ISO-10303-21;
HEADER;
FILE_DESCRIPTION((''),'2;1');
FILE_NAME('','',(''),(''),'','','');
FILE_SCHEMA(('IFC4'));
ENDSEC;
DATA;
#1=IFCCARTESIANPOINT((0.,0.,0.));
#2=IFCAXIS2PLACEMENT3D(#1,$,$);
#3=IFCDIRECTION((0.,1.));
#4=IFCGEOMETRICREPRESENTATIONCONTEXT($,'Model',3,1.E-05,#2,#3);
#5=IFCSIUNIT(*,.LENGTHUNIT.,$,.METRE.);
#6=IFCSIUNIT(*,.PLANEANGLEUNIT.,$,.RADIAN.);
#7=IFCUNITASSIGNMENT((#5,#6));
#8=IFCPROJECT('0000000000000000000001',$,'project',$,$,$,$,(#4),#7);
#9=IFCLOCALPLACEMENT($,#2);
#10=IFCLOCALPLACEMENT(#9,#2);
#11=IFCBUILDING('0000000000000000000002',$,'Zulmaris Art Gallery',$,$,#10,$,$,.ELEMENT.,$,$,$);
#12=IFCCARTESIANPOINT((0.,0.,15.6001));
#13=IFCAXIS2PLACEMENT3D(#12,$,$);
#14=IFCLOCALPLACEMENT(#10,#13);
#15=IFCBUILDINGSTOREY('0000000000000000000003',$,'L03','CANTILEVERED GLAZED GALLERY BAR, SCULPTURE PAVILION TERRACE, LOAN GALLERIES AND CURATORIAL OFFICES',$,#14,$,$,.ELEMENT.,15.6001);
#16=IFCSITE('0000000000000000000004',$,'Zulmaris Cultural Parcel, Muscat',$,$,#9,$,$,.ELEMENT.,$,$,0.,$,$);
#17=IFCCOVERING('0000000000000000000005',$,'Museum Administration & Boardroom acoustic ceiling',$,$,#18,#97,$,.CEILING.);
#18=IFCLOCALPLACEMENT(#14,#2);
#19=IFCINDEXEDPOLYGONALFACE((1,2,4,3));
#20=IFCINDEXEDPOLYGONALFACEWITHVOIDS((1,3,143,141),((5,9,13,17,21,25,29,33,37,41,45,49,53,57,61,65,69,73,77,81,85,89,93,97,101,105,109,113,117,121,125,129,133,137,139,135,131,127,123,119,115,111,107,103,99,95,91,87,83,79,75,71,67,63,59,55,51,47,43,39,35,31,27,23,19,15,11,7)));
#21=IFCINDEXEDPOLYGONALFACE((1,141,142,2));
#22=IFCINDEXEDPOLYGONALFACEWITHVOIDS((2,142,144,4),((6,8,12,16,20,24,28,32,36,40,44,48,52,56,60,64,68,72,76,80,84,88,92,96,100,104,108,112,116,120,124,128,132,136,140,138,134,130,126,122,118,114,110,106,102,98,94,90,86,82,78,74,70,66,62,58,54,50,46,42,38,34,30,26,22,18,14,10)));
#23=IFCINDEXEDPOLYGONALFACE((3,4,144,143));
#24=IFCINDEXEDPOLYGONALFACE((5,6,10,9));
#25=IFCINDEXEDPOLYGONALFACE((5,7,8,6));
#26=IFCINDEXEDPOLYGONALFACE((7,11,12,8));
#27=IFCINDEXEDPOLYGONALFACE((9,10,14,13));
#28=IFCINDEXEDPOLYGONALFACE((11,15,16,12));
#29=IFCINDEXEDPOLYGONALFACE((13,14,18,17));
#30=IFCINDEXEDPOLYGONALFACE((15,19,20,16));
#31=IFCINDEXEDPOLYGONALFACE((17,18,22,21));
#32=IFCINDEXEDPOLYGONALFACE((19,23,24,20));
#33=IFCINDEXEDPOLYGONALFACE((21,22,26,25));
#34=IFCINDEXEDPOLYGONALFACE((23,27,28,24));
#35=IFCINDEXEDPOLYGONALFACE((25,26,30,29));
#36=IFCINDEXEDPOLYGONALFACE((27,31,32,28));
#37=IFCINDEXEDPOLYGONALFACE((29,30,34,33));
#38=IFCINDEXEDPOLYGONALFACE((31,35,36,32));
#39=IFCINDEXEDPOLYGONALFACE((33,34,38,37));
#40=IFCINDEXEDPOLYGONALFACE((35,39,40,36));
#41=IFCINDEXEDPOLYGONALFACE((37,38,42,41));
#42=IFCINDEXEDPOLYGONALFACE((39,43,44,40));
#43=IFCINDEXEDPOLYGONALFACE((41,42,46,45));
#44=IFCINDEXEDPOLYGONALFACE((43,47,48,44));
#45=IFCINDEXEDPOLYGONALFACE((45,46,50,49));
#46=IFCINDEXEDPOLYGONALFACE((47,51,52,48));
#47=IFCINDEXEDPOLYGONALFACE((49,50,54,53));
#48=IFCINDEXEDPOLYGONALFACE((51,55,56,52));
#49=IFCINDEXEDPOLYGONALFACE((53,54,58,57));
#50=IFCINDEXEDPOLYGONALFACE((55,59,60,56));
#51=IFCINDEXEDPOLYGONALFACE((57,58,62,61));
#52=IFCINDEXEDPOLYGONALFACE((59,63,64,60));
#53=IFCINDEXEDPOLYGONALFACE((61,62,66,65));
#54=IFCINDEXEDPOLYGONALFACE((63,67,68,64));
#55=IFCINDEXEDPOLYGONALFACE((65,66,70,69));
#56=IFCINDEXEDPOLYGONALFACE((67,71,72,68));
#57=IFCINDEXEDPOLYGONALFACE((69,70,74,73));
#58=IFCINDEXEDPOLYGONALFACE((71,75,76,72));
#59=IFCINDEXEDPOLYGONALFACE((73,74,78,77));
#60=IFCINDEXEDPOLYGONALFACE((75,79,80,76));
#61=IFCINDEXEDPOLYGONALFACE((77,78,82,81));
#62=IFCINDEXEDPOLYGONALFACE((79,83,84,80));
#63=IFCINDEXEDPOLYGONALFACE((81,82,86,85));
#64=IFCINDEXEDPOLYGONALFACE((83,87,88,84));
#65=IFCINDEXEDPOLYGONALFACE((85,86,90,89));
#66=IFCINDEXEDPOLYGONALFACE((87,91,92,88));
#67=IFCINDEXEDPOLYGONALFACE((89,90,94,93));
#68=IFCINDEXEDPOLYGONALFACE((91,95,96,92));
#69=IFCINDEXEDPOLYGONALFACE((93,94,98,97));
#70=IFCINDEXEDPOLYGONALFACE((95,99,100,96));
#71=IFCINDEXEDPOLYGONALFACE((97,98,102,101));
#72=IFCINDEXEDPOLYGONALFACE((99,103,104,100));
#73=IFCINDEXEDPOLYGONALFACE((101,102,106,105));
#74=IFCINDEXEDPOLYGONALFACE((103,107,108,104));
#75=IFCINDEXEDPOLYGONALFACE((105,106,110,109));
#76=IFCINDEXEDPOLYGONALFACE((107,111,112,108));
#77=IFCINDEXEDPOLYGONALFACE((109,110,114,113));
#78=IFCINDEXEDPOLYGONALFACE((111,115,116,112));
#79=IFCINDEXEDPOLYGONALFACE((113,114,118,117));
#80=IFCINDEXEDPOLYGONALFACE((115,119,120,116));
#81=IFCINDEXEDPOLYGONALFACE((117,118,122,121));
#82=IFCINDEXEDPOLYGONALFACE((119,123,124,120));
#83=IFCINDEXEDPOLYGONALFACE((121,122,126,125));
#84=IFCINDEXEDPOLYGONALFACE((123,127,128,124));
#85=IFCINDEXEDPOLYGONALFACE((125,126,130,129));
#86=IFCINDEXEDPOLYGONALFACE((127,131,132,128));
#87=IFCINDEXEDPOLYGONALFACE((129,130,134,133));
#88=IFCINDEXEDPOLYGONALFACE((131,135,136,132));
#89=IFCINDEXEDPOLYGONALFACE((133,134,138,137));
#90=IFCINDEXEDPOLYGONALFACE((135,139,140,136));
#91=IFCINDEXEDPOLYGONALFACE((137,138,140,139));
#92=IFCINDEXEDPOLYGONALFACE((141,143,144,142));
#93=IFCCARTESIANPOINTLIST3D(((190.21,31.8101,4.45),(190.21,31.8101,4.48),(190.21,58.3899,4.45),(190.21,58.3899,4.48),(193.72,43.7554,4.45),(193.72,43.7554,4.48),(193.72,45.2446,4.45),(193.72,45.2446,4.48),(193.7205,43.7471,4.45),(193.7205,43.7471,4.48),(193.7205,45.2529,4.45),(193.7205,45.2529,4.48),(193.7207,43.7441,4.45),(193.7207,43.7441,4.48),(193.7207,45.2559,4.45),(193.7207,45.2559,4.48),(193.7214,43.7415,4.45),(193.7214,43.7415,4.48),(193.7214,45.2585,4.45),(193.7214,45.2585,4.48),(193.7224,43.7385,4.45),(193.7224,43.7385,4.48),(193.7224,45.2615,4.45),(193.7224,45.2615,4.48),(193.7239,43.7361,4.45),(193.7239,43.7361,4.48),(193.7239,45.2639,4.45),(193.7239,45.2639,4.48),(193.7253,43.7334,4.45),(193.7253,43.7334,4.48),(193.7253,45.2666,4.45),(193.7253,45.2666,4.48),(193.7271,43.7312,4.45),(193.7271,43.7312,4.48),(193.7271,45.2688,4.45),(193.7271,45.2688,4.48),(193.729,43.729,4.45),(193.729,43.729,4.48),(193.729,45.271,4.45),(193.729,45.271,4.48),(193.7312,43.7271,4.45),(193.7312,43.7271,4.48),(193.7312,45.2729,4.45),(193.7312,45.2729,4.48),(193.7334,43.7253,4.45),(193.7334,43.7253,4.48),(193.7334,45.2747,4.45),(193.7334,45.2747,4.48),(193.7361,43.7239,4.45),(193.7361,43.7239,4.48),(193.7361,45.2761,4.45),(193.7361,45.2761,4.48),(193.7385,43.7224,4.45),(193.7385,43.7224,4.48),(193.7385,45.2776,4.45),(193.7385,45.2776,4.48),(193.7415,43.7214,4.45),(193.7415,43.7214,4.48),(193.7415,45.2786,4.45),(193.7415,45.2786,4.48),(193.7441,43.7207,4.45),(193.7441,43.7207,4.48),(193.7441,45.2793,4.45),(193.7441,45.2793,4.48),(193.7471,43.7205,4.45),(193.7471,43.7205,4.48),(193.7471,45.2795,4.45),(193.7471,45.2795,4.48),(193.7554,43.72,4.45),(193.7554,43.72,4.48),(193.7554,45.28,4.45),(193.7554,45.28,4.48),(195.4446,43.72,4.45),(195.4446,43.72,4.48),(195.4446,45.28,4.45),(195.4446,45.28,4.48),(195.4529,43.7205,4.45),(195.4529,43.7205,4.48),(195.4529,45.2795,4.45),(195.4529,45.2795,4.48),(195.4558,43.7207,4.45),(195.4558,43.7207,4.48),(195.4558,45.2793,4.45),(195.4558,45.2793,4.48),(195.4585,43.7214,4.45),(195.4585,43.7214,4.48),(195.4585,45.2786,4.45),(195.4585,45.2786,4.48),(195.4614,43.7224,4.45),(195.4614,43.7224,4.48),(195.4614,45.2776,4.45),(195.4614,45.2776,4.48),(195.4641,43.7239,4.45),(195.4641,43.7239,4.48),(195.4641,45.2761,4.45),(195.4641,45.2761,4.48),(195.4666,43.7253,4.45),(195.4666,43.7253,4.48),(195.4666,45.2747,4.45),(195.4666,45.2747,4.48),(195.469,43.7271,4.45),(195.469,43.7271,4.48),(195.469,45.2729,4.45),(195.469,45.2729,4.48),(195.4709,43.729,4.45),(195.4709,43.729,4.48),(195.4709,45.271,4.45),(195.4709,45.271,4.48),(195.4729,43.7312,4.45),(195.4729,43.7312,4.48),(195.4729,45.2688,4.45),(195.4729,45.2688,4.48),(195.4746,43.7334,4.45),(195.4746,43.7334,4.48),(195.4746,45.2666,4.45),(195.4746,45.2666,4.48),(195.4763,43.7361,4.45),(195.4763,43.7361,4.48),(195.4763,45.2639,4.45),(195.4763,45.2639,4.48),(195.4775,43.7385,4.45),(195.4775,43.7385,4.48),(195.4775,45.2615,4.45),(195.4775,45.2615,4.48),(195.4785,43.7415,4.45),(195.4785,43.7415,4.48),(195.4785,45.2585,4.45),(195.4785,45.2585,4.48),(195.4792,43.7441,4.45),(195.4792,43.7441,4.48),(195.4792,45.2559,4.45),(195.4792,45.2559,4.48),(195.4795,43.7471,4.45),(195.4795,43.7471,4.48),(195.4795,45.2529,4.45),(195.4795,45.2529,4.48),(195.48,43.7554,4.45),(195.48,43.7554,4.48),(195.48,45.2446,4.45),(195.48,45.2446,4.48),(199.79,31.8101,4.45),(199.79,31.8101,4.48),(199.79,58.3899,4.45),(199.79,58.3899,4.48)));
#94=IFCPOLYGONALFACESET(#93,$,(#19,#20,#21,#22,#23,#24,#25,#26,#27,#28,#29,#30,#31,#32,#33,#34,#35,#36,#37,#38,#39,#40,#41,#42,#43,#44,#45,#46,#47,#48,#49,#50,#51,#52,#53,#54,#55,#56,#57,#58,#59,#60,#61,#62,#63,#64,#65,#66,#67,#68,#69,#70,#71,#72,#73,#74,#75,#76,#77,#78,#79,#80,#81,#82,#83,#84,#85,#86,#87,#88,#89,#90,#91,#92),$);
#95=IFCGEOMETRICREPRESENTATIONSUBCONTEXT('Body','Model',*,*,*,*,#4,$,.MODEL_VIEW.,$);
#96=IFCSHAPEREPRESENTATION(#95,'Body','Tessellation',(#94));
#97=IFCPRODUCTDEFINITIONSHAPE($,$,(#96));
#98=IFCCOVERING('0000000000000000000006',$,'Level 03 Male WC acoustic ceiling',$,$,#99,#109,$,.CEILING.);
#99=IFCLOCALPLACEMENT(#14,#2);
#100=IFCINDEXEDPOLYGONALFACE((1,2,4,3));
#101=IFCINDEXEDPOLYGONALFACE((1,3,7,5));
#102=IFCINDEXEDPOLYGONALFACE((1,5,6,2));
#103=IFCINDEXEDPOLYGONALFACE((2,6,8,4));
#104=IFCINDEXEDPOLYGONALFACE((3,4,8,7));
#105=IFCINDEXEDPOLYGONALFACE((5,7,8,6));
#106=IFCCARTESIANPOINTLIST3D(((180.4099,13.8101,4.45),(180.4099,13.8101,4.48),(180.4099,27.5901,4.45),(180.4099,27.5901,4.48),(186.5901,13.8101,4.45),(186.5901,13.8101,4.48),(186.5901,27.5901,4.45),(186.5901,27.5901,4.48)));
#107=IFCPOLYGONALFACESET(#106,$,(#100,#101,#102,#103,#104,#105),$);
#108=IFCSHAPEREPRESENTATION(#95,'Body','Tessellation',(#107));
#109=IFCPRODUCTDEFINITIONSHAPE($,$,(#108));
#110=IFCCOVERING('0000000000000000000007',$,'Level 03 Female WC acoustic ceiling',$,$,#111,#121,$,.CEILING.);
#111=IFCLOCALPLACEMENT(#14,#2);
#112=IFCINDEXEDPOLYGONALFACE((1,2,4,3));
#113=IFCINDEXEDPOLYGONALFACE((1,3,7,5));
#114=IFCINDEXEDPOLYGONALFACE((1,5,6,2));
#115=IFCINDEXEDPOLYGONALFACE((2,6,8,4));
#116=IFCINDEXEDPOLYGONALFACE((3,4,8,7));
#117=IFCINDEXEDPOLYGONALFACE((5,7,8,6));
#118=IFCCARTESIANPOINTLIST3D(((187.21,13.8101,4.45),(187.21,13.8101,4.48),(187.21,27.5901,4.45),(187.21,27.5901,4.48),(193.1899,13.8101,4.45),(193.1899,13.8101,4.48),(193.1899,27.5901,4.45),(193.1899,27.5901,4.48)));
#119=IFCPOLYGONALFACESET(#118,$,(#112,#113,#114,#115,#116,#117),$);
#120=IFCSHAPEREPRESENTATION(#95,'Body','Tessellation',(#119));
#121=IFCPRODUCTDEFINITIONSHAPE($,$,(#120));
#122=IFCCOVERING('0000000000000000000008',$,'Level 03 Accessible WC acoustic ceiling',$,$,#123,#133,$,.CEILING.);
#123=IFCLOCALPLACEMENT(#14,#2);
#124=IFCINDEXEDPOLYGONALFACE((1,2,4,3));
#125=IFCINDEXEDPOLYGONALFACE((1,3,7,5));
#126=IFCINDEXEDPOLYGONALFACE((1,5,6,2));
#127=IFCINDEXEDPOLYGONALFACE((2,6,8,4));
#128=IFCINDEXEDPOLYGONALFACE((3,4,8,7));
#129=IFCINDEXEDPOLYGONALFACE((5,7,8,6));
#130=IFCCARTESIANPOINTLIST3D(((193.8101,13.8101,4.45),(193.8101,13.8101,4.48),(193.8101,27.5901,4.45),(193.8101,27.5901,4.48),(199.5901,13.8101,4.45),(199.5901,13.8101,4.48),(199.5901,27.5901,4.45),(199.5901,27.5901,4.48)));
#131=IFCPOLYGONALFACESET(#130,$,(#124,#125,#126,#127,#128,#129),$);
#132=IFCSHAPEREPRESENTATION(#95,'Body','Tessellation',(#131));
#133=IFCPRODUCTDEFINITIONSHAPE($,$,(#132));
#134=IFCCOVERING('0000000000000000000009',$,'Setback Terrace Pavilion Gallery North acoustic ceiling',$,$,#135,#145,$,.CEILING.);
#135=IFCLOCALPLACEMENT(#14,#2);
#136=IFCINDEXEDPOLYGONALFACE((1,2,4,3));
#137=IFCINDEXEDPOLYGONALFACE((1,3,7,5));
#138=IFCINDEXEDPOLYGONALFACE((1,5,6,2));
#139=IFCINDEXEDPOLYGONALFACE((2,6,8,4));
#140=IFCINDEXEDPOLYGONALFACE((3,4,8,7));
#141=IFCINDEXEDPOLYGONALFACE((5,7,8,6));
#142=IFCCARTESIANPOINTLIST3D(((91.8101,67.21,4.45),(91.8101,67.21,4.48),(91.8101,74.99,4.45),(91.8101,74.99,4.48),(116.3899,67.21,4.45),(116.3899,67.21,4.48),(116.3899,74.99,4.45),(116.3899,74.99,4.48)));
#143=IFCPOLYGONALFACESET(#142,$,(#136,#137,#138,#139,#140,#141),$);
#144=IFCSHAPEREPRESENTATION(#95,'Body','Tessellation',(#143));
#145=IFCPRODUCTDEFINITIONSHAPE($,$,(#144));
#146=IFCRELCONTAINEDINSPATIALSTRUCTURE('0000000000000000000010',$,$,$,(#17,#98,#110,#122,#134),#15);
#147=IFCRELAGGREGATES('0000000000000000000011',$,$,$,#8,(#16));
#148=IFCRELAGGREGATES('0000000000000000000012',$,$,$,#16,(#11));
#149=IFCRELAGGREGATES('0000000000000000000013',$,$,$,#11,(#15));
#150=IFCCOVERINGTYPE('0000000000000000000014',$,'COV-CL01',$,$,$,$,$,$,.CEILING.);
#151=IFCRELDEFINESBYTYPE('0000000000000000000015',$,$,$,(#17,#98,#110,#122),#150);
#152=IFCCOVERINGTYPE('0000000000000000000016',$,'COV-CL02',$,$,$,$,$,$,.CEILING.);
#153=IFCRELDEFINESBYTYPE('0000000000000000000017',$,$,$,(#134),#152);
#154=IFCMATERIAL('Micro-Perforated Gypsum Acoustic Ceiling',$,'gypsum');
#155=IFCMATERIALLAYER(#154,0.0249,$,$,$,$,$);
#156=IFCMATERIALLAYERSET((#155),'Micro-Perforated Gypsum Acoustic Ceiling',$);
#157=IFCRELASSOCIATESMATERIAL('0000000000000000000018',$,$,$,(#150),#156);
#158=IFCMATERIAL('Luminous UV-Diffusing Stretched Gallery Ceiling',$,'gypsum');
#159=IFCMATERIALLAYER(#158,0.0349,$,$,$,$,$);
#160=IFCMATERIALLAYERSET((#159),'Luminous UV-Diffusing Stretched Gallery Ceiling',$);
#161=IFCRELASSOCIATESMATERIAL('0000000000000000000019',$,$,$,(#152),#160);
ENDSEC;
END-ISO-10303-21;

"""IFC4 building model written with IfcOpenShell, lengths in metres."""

from ifc_helpers import new_model, si_unit, direction, frame, origin, place, context, subcontext, project, spatial, polyline, outline, extrude, material, layer, layer_set, type_object, element, save


model = new_model("IFC4")

# Units and contexts
model_context = context("Model", 3, precision=1e-05, world=origin(), true_north=direction((0.0, 1.0)))
body_context = subcontext(model_context, "Body", "Model", "MODEL_VIEW")
ifc_project = project(units=[si_unit("LENGTHUNIT", "METRE"), si_unit("PLANEANGLEUNIT", "RADIAN")], contexts=[model_context])

# Site, building, storey
site_placement = place(None, origin())
site = spatial("IfcSite", under=ifc_project, at=site_placement, Name="Zulmaris Cultural Parcel, Muscat", CompositionType="ELEMENT", RefElevation=0.0)
building_placement = place(site_placement, origin())
building = spatial("IfcBuilding", under=site, at=building_placement, Name="Zulmaris Art Gallery", CompositionType="ELEMENT")
storey_placement = place(building_placement, frame((0.0, 0.0, 15.6001)))
storey = spatial("IfcBuildingStorey", under=building, at=storey_placement, Name="L03", Description="CANTILEVERED GLAZED GALLERY BAR, SCULPTURE PAVILION TERRACE, LOAN GALLERIES AND CURATORIAL OFFICES", CompositionType="ELEMENT", Elevation=15.6001)

# Coverings
ifc_material_1 = material(Name="Micro-Perforated Gypsum Acoustic Ceiling", Category="gypsum")
ifc_layer_1 = layer(ifc_material_1, 0.0249)
ifc_layer_set_1 = layer_set([ifc_layer_1], Name="Micro-Perforated Gypsum Acoustic Ceiling")
covering_type_1 = type_object("IfcCoveringType", Name="COV-CL01", PredefinedType="CEILING", material=ifc_layer_set_1)
covering_1_placement = place(storey_placement, frame((0.0, 0.0, 4.45)))
element("IfcCovering", 1, at=covering_1_placement, inside=storey, type_object=covering_type_1, Name="Museum Administration & Boardroom acoustic ceiling", PredefinedType="CEILING", context=body_context, shape_type="SweptSolid", body=[
    extrude(outline(polyline([(190.21, 58.3899), (199.79, 58.3899), (199.79, 31.8101), (190.21, 31.8101), (190.21, 58.3899)]), holes=[polyline([(193.7415, 45.2786), (193.7385, 45.2776), (193.7361, 45.2761), (193.7334, 45.2747), (193.7312, 45.2729), (193.729, 45.271), (193.7271, 45.2688), (193.7253, 45.2666), (193.7239, 45.2639), (193.7224, 45.2615), (193.7214, 45.2585), (193.7207, 45.2559), (193.7205, 45.2529), (193.72, 45.2446), (193.72, 43.7554), (193.7205, 43.7471), (193.7207, 43.7441), (193.7214, 43.7415), (193.7224, 43.7385), (193.7239, 43.7361), (193.7253, 43.7334), (193.7271, 43.7312), (193.729, 43.729), (193.7312, 43.7271), (193.7334, 43.7253), (193.7361, 43.7239), (193.7385, 43.7224), (193.7415, 43.7214), (193.7441, 43.7207), (193.7471, 43.7205), (193.7554, 43.72), (195.4446, 43.72), (195.4529, 43.7205), (195.4558, 43.7207), (195.4585, 43.7214), (195.4614, 43.7224), (195.4641, 43.7239), (195.4666, 43.7253), (195.469, 43.7271), (195.4709, 43.729), (195.4729, 43.7312), (195.4746, 43.7334), (195.4763, 43.7361), (195.4775, 43.7385), (195.4785, 43.7415), (195.4792, 43.7441), (195.4795, 43.7471), (195.48, 43.7554), (195.48, 45.2446), (195.4795, 45.2529), (195.4792, 45.2559), (195.4785, 45.2585), (195.4775, 45.2615), (195.4763, 45.2639), (195.4746, 45.2666), (195.4729, 45.2688), (195.4709, 45.271), (195.469, 45.2729), (195.4666, 45.2747), (195.4641, 45.2761), (195.4614, 45.2776), (195.4585, 45.2786), (195.4558, 45.2793), (195.4529, 45.2795), (195.4446, 45.28), (193.7554, 45.28), (193.7471, 45.2795), (193.7441, 45.2793), (193.7415, 45.2786)])]), origin(), (0.0, 0.0, 1.0), 0.03),
])
covering_2_placement = place(storey_placement, frame((0.0, 0.0, 4.45)))
element("IfcCovering", 2, at=covering_2_placement, inside=storey, type_object=covering_type_1, Name="Level 03 Male WC acoustic ceiling", PredefinedType="CEILING", context=body_context, shape_type="SweptSolid", body=[
    extrude(outline(polyline([(180.4099, 27.5901), (186.5901, 27.5901), (186.5901, 13.8101), (180.4099, 13.8101), (180.4099, 27.5901)])), origin(), (0.0, 0.0, 1.0), 0.03),
])
covering_3_placement = place(storey_placement, frame((0.0, 0.0, 4.45)))
element("IfcCovering", 3, at=covering_3_placement, inside=storey, type_object=covering_type_1, Name="Level 03 Female WC acoustic ceiling", PredefinedType="CEILING", context=body_context, shape_type="SweptSolid", body=[
    extrude(outline(polyline([(187.21, 27.5901), (193.1899, 27.5901), (193.1899, 13.8101), (187.21, 13.8101), (187.21, 27.5901)])), origin(), (0.0, 0.0, 1.0), 0.03),
])
covering_4_placement = place(storey_placement, frame((0.0, 0.0, 4.45)))
element("IfcCovering", 4, at=covering_4_placement, inside=storey, type_object=covering_type_1, Name="Level 03 Accessible WC acoustic ceiling", PredefinedType="CEILING", context=body_context, shape_type="SweptSolid", body=[
    extrude(outline(polyline([(193.8101, 27.5901), (199.5901, 27.5901), (199.5901, 13.8101), (193.8101, 13.8101), (193.8101, 27.5901)])), origin(), (0.0, 0.0, 1.0), 0.03),
])
ifc_material_2 = material(Name="Luminous UV-Diffusing Stretched Gallery Ceiling", Category="gypsum")
ifc_layer_2 = layer(ifc_material_2, 0.0349)
ifc_layer_set_2 = layer_set([ifc_layer_2], Name="Luminous UV-Diffusing Stretched Gallery Ceiling")
covering_type_2 = type_object("IfcCoveringType", Name="COV-CL02", PredefinedType="CEILING", material=ifc_layer_set_2)
covering_5_placement = place(storey_placement, frame((0.0, 0.0, 4.45)))
element("IfcCovering", 5, at=covering_5_placement, inside=storey, type_object=covering_type_2, Name="Setback Terrace Pavilion Gallery North acoustic ceiling", PredefinedType="CEILING", context=body_context, shape_type="SweptSolid", body=[
    extrude(outline(polyline([(91.8101, 74.99), (116.3899, 74.99), (116.3899, 67.21), (91.8101, 67.21), (91.8101, 74.99)])), origin(), (0.0, 0.0, 1.0), 0.03),
])

save(model, "model.ifc")
